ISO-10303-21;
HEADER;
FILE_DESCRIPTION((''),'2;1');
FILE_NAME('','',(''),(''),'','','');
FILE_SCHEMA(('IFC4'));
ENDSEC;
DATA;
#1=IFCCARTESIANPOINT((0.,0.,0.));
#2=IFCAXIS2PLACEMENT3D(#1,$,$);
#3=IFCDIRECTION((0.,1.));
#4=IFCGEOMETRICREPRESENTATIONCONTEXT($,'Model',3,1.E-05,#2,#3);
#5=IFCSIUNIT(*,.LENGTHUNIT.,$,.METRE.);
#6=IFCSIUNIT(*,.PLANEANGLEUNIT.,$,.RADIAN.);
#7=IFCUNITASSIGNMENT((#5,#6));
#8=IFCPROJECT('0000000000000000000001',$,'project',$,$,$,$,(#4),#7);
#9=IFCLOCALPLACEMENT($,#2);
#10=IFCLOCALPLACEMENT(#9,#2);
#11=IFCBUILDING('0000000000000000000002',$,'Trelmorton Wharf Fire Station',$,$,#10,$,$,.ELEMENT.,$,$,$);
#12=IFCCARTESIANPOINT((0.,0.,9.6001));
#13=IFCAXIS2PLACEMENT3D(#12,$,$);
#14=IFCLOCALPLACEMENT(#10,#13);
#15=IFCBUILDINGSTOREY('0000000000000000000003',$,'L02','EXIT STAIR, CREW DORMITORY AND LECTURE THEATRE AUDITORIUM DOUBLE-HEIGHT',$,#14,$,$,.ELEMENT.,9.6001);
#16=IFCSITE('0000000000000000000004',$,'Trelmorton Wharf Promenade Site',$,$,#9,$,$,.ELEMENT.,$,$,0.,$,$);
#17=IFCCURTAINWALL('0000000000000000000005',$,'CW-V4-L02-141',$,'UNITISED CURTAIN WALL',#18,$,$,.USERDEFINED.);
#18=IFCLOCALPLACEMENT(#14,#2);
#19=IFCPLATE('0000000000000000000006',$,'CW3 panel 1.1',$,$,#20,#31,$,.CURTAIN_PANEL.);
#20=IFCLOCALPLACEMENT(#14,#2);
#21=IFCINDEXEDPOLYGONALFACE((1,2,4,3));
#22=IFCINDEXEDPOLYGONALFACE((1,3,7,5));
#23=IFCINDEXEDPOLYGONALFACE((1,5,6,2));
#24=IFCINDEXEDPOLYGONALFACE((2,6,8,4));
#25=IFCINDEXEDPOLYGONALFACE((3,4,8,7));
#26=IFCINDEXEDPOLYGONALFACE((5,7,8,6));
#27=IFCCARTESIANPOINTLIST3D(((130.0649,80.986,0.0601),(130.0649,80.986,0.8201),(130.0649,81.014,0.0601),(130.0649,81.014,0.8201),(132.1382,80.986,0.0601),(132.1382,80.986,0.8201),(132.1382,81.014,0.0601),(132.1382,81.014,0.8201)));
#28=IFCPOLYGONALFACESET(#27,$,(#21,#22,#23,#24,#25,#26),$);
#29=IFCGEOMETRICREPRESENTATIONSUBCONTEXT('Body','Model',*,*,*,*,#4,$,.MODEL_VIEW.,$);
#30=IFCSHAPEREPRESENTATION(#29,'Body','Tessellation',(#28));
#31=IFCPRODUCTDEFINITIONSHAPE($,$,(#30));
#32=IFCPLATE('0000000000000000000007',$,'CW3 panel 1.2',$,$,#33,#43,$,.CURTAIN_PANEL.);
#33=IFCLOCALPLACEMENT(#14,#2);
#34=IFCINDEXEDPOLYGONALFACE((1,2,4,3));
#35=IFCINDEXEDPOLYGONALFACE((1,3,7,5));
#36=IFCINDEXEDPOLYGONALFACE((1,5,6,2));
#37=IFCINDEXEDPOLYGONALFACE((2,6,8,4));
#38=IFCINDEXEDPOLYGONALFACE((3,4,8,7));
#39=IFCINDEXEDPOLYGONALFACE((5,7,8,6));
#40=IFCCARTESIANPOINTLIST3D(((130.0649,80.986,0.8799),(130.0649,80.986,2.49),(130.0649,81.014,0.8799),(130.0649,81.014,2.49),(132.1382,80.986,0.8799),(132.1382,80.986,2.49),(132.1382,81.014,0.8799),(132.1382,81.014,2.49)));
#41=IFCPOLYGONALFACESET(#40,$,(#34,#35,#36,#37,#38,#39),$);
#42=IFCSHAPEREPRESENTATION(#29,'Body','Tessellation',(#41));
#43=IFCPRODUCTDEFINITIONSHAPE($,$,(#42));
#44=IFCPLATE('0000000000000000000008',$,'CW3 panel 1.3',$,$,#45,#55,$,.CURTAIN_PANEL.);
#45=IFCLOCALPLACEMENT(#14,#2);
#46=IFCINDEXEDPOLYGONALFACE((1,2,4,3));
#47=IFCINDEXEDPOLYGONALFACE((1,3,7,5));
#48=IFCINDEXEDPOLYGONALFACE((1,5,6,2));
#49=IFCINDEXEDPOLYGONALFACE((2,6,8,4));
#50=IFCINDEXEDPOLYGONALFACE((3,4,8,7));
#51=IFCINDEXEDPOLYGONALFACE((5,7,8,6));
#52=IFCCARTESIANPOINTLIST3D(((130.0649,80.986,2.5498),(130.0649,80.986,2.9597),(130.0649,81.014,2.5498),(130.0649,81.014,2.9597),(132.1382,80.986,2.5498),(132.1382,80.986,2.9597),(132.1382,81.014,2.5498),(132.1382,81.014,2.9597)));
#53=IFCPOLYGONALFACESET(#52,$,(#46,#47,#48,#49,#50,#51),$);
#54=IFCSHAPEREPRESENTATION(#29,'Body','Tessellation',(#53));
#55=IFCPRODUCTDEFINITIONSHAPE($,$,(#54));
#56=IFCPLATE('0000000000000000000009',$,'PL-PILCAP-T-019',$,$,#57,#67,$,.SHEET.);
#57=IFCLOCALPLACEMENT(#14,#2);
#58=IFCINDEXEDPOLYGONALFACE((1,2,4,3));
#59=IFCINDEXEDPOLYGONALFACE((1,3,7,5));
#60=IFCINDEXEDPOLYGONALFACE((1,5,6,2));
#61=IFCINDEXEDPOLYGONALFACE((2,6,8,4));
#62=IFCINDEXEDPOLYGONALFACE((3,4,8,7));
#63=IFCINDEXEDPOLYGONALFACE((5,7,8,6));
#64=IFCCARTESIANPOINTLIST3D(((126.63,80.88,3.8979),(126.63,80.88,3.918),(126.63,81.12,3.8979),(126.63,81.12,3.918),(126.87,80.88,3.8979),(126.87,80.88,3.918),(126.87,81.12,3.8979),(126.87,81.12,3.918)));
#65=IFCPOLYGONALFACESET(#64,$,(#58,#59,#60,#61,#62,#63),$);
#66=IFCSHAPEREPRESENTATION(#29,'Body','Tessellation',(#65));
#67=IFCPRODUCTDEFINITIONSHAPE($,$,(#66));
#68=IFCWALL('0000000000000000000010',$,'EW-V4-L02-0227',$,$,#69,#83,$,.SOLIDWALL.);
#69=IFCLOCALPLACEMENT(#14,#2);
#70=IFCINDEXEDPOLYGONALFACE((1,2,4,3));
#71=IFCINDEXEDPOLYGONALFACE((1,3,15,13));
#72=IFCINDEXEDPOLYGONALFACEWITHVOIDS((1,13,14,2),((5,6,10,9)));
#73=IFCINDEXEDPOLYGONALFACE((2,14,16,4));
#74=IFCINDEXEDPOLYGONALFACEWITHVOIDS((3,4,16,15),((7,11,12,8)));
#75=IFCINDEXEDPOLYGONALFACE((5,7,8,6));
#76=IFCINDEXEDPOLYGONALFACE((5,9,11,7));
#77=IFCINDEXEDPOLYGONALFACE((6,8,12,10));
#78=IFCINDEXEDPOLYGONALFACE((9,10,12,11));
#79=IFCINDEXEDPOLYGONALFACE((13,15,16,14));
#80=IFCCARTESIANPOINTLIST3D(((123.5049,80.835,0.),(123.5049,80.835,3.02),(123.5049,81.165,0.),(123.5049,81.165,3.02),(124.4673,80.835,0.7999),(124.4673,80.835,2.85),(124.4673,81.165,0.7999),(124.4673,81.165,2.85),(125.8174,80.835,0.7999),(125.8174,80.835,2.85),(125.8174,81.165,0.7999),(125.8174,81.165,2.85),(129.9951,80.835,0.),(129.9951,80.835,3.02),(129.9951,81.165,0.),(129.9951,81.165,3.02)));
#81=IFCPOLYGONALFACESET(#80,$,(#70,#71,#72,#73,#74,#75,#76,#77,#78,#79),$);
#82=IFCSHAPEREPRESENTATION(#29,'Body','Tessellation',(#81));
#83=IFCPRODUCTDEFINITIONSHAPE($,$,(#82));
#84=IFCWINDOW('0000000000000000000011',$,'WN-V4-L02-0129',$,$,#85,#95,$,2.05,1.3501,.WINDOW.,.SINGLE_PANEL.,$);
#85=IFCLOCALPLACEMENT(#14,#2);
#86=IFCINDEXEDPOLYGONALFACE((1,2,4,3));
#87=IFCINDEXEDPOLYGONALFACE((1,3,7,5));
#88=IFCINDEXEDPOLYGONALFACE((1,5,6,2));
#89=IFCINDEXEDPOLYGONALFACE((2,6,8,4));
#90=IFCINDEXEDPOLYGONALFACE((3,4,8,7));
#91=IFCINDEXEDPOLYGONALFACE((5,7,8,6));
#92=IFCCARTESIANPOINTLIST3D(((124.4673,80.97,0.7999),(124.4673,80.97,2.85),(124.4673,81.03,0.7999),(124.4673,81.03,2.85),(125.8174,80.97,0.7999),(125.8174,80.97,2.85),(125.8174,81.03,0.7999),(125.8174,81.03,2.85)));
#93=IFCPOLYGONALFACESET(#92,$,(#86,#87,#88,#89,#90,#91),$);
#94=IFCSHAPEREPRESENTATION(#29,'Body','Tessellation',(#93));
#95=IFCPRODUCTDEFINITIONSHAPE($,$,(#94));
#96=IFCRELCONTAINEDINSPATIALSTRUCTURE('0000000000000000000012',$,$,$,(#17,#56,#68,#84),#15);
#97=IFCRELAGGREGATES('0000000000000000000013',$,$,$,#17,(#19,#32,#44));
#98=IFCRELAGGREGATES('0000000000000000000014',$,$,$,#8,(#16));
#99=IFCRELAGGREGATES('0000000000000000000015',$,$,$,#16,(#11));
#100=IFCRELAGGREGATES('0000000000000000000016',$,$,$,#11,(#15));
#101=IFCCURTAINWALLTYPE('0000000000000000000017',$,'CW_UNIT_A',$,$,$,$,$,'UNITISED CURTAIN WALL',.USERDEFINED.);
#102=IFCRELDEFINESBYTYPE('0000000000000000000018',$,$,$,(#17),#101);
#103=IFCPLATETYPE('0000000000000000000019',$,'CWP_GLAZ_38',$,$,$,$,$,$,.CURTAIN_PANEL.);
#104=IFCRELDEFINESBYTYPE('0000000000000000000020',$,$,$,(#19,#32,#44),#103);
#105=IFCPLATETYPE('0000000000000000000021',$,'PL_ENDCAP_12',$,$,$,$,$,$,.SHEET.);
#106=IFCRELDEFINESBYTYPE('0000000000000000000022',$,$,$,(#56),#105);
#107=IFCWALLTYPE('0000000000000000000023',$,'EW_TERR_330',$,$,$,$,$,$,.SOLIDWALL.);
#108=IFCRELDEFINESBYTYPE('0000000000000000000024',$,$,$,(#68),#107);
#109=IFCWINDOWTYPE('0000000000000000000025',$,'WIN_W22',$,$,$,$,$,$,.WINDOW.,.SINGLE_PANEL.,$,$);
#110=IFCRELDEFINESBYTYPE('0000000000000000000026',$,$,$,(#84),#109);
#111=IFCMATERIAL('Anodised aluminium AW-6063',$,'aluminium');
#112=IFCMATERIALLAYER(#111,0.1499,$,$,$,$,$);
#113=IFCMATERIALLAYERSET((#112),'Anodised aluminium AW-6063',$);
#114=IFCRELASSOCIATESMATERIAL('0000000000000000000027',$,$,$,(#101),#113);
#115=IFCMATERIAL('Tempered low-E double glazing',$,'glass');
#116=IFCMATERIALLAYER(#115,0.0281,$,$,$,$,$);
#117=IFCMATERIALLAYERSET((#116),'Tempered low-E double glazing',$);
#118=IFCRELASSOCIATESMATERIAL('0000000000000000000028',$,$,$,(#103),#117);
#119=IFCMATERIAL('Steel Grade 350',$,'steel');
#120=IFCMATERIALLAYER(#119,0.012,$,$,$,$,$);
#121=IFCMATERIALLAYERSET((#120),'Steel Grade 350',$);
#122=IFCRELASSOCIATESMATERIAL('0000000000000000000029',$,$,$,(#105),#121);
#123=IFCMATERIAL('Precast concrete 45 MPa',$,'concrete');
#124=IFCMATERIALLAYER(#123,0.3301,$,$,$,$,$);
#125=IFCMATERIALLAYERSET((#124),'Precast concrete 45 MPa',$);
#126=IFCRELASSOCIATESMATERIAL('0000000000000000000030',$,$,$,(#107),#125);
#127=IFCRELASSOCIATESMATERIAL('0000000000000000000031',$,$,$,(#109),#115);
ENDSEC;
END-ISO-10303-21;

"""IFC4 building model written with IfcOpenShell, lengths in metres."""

from ifc_helpers import new_model, si_unit, direction, frame, frame_2d, origin, origin_2d, place, context, subcontext, project, spatial, rectangle, extrude, material, layer, layer_set, type_object, element, fill, aggregate, save


model = new_model("IFC4")

# Units and contexts
model_context = context("Model", 3, precision=1e-05, world=origin(), true_north=direction((0.0, 1.0)))
body_context = subcontext(model_context, "Body", "Model", "MODEL_VIEW")
ifc_project = project(units=[si_unit("LENGTHUNIT", "METRE"), si_unit("PLANEANGLEUNIT", "RADIAN")], contexts=[model_context])

# Site, building, storey
site_placement = place(None, origin())
site = spatial("IfcSite", under=ifc_project, at=site_placement, Name="Trelmorton Wharf Promenade Site", CompositionType="ELEMENT", RefElevation=0.0)
building_placement = place(site_placement, origin())
building = spatial("IfcBuilding", under=site, at=building_placement, Name="Trelmorton Wharf Fire Station", CompositionType="ELEMENT")
storey_placement = place(building_placement, frame((0.0, 0.0, 9.6001)))
storey = spatial("IfcBuildingStorey", under=building, at=storey_placement, Name="L02", Description="EXIT STAIR, CREW DORMITORY AND LECTURE THEATRE AUDITORIUM DOUBLE-HEIGHT", CompositionType="ELEMENT", Elevation=9.6001)

# Shared definitions
ifc_material_1 = material(Name="Steel Grade 350", Category="steel")

# Curtain wall
ifc_material_2 = material(Name="Anodised aluminium AW-6063", Category="aluminium")
ifc_layer_1 = layer(ifc_material_2, 0.1499)
ifc_layer_set_1 = layer_set([ifc_layer_1], Name="Anodised aluminium AW-6063")
curtain_wall_type = type_object("IfcCurtainWallType", Name="CW_UNIT_A", ElementType="UNITISED CURTAIN WALL", PredefinedType="USERDEFINED", material=ifc_layer_set_1)
curtain_wall_1_placement = place(storey_placement, origin())
curtain_wall_1 = element("IfcCurtainWall", 1, at=curtain_wall_1_placement, inside=storey, type_object=curtain_wall_type, Name="CW-V4-L02-141", ObjectType="UNITISED CURTAIN WALL", PredefinedType="USERDEFINED")

# Plates
ifc_material_3 = material(Name="Tempered low-E double glazing", Category="glass")
ifc_layer_2 = layer(ifc_material_3, 0.0281)
ifc_layer_set_2 = layer_set([ifc_layer_2], Name="Tempered low-E double glazing")
plate_type_1 = type_object("IfcPlateType", Name="CWP_GLAZ_38", PredefinedType="CURTAIN_PANEL", material=ifc_layer_set_2)
plate_1_placement = place(storey_placement, frame((131.1016, 81.0, 0.0601), z_axis=(0.0, 0.0, 1.0), x_axis=(1.0, 0.0, 0.0)))
plate_1 = element("IfcPlate", 2, at=plate_1_placement, type_object=plate_type_1, Name="CW3 panel 1.1", PredefinedType="CURTAIN_PANEL", context=body_context, shape_type="SweptSolid", body=[
    extrude(rectangle(XDim=2.0732, YDim=0.0281, at=origin_2d()), origin(), (0.0, 0.0, 1.0), 0.76),
])
plate_2_placement = place(storey_placement, frame((131.1016, 81.0, 0.8799), z_axis=(0.0, 0.0, 1.0), x_axis=(1.0, 0.0, 0.0)))
plate_2 = element("IfcPlate", 3, at=plate_2_placement, type_object=plate_type_1, Name="CW3 panel 1.2", PredefinedType="CURTAIN_PANEL", context=body_context, shape_type="SweptSolid", body=[
    extrude(rectangle(XDim=2.0732, YDim=0.0281, at=origin_2d()), origin(), (0.0, 0.0, 1.0), 1.6101),
])
plate_3_placement = place(storey_placement, frame((131.1016, 81.0, 2.5498), z_axis=(0.0, 0.0, 1.0), x_axis=(1.0, 0.0, 0.0)))
plate_3 = element("IfcPlate", 4, at=plate_3_placement, type_object=plate_type_1, Name="CW3 panel 1.3", PredefinedType="CURTAIN_PANEL", context=body_context, shape_type="SweptSolid", body=[
    extrude(rectangle(XDim=2.0732, YDim=0.0281, at=origin_2d()), origin(), (0.0, 0.0, 1.0), 0.4099),
])
aggregate(curtain_wall_1, [plate_1, plate_2, plate_3])
ifc_layer_3 = layer(ifc_material_1, 0.012)
ifc_layer_set_3 = layer_set([ifc_layer_3], Name="Steel Grade 350")
plate_type_2 = type_object("IfcPlateType", Name="PL_ENDCAP_12", PredefinedType="SHEET", material=ifc_layer_set_3)
plate_4_placement = place(storey_placement, frame((126.75, 81.0, 3.8979), z_axis=(0.0, 0.0, 1.0), x_axis=(1.0, 0.0, 0.0)))
element("IfcPlate", 5, at=plate_4_placement, inside=storey, type_object=plate_type_2, Name="PL-PILCAP-T-019", PredefinedType="SHEET", context=body_context, shape_type="SweptSolid", body=[
    extrude(rectangle(XDim=0.24, YDim=0.24, at=origin_2d()), origin(), (0.0, 0.0, 1.0), 0.02),
])

# Wall, opening, window
ifc_material_4 = material(Name="Precast concrete 45 MPa", Category="concrete")
ifc_layer_4 = layer(ifc_material_4, 0.3301)
ifc_layer_set_4 = layer_set([ifc_layer_4], Name="Precast concrete 45 MPa")
wall_type = type_object("IfcWallType", Name="EW_TERR_330", PredefinedType="SOLIDWALL", material=ifc_layer_set_4)
wall_placement = place(storey_placement, frame((123.5049, 81.0, 0.0), z_axis=(0.0, 0.0, 1.0), x_axis=(1.0, 0.0, 0.0)))
wall = element("IfcWall", 6, at=wall_placement, inside=storey, type_object=wall_type, Name="EW-V4-L02-0227", PredefinedType="SOLIDWALL", context=body_context, shape_type="SweptSolid", body=[
    extrude(rectangle(XDim=6.4902, YDim=0.3301, at=frame_2d((3.2451, 0.0))), origin(), (0.0, 0.0, 1.0), 3.02),
])
opening_placement = place(wall_placement, frame((0.9624, 0.0, 0.8)))
opening = element("IfcOpeningElement", 7, at=opening_placement, cuts=wall, PredefinedType="OPENING", context=body_context, shape_type="SweptSolid", body=[
    extrude(rectangle(XDim=1.3501, YDim=2.05, at=frame_2d((0.675, 1.0249))), frame((0.0, 0.175, 0.0), z_axis=(0.0, -1.0, 0.0), x_axis=(1.0, 0.0, 0.0)), (0.0, 0.0, 1.0), 0.3501),
])
window_type = type_object("IfcWindowType", Name="WIN_W22", PartitioningType="SINGLE_PANEL", PredefinedType="WINDOW", material=ifc_material_3)
window_placement = place(opening_placement, origin())
window = element("IfcWindow", 8, at=window_placement, inside=storey, type_object=window_type, Name="WN-V4-L02-0129", OverallHeight=2.05, OverallWidth=1.3501, PartitioningType="SINGLE_PANEL", PredefinedType="WINDOW", context=body_context, shape_type="SweptSolid", body=[
    extrude(rectangle(XDim=1.3501, YDim=2.05, at=frame_2d((0.675, 1.0249))), frame((0.0, 0.03, 0.0), z_axis=(0.0, -1.0, 0.0), x_axis=(1.0, 0.0, 0.0)), (0.0, 0.0, 1.0), 0.0601),
])
fill(opening, window)

save(model, "model.ifc")
